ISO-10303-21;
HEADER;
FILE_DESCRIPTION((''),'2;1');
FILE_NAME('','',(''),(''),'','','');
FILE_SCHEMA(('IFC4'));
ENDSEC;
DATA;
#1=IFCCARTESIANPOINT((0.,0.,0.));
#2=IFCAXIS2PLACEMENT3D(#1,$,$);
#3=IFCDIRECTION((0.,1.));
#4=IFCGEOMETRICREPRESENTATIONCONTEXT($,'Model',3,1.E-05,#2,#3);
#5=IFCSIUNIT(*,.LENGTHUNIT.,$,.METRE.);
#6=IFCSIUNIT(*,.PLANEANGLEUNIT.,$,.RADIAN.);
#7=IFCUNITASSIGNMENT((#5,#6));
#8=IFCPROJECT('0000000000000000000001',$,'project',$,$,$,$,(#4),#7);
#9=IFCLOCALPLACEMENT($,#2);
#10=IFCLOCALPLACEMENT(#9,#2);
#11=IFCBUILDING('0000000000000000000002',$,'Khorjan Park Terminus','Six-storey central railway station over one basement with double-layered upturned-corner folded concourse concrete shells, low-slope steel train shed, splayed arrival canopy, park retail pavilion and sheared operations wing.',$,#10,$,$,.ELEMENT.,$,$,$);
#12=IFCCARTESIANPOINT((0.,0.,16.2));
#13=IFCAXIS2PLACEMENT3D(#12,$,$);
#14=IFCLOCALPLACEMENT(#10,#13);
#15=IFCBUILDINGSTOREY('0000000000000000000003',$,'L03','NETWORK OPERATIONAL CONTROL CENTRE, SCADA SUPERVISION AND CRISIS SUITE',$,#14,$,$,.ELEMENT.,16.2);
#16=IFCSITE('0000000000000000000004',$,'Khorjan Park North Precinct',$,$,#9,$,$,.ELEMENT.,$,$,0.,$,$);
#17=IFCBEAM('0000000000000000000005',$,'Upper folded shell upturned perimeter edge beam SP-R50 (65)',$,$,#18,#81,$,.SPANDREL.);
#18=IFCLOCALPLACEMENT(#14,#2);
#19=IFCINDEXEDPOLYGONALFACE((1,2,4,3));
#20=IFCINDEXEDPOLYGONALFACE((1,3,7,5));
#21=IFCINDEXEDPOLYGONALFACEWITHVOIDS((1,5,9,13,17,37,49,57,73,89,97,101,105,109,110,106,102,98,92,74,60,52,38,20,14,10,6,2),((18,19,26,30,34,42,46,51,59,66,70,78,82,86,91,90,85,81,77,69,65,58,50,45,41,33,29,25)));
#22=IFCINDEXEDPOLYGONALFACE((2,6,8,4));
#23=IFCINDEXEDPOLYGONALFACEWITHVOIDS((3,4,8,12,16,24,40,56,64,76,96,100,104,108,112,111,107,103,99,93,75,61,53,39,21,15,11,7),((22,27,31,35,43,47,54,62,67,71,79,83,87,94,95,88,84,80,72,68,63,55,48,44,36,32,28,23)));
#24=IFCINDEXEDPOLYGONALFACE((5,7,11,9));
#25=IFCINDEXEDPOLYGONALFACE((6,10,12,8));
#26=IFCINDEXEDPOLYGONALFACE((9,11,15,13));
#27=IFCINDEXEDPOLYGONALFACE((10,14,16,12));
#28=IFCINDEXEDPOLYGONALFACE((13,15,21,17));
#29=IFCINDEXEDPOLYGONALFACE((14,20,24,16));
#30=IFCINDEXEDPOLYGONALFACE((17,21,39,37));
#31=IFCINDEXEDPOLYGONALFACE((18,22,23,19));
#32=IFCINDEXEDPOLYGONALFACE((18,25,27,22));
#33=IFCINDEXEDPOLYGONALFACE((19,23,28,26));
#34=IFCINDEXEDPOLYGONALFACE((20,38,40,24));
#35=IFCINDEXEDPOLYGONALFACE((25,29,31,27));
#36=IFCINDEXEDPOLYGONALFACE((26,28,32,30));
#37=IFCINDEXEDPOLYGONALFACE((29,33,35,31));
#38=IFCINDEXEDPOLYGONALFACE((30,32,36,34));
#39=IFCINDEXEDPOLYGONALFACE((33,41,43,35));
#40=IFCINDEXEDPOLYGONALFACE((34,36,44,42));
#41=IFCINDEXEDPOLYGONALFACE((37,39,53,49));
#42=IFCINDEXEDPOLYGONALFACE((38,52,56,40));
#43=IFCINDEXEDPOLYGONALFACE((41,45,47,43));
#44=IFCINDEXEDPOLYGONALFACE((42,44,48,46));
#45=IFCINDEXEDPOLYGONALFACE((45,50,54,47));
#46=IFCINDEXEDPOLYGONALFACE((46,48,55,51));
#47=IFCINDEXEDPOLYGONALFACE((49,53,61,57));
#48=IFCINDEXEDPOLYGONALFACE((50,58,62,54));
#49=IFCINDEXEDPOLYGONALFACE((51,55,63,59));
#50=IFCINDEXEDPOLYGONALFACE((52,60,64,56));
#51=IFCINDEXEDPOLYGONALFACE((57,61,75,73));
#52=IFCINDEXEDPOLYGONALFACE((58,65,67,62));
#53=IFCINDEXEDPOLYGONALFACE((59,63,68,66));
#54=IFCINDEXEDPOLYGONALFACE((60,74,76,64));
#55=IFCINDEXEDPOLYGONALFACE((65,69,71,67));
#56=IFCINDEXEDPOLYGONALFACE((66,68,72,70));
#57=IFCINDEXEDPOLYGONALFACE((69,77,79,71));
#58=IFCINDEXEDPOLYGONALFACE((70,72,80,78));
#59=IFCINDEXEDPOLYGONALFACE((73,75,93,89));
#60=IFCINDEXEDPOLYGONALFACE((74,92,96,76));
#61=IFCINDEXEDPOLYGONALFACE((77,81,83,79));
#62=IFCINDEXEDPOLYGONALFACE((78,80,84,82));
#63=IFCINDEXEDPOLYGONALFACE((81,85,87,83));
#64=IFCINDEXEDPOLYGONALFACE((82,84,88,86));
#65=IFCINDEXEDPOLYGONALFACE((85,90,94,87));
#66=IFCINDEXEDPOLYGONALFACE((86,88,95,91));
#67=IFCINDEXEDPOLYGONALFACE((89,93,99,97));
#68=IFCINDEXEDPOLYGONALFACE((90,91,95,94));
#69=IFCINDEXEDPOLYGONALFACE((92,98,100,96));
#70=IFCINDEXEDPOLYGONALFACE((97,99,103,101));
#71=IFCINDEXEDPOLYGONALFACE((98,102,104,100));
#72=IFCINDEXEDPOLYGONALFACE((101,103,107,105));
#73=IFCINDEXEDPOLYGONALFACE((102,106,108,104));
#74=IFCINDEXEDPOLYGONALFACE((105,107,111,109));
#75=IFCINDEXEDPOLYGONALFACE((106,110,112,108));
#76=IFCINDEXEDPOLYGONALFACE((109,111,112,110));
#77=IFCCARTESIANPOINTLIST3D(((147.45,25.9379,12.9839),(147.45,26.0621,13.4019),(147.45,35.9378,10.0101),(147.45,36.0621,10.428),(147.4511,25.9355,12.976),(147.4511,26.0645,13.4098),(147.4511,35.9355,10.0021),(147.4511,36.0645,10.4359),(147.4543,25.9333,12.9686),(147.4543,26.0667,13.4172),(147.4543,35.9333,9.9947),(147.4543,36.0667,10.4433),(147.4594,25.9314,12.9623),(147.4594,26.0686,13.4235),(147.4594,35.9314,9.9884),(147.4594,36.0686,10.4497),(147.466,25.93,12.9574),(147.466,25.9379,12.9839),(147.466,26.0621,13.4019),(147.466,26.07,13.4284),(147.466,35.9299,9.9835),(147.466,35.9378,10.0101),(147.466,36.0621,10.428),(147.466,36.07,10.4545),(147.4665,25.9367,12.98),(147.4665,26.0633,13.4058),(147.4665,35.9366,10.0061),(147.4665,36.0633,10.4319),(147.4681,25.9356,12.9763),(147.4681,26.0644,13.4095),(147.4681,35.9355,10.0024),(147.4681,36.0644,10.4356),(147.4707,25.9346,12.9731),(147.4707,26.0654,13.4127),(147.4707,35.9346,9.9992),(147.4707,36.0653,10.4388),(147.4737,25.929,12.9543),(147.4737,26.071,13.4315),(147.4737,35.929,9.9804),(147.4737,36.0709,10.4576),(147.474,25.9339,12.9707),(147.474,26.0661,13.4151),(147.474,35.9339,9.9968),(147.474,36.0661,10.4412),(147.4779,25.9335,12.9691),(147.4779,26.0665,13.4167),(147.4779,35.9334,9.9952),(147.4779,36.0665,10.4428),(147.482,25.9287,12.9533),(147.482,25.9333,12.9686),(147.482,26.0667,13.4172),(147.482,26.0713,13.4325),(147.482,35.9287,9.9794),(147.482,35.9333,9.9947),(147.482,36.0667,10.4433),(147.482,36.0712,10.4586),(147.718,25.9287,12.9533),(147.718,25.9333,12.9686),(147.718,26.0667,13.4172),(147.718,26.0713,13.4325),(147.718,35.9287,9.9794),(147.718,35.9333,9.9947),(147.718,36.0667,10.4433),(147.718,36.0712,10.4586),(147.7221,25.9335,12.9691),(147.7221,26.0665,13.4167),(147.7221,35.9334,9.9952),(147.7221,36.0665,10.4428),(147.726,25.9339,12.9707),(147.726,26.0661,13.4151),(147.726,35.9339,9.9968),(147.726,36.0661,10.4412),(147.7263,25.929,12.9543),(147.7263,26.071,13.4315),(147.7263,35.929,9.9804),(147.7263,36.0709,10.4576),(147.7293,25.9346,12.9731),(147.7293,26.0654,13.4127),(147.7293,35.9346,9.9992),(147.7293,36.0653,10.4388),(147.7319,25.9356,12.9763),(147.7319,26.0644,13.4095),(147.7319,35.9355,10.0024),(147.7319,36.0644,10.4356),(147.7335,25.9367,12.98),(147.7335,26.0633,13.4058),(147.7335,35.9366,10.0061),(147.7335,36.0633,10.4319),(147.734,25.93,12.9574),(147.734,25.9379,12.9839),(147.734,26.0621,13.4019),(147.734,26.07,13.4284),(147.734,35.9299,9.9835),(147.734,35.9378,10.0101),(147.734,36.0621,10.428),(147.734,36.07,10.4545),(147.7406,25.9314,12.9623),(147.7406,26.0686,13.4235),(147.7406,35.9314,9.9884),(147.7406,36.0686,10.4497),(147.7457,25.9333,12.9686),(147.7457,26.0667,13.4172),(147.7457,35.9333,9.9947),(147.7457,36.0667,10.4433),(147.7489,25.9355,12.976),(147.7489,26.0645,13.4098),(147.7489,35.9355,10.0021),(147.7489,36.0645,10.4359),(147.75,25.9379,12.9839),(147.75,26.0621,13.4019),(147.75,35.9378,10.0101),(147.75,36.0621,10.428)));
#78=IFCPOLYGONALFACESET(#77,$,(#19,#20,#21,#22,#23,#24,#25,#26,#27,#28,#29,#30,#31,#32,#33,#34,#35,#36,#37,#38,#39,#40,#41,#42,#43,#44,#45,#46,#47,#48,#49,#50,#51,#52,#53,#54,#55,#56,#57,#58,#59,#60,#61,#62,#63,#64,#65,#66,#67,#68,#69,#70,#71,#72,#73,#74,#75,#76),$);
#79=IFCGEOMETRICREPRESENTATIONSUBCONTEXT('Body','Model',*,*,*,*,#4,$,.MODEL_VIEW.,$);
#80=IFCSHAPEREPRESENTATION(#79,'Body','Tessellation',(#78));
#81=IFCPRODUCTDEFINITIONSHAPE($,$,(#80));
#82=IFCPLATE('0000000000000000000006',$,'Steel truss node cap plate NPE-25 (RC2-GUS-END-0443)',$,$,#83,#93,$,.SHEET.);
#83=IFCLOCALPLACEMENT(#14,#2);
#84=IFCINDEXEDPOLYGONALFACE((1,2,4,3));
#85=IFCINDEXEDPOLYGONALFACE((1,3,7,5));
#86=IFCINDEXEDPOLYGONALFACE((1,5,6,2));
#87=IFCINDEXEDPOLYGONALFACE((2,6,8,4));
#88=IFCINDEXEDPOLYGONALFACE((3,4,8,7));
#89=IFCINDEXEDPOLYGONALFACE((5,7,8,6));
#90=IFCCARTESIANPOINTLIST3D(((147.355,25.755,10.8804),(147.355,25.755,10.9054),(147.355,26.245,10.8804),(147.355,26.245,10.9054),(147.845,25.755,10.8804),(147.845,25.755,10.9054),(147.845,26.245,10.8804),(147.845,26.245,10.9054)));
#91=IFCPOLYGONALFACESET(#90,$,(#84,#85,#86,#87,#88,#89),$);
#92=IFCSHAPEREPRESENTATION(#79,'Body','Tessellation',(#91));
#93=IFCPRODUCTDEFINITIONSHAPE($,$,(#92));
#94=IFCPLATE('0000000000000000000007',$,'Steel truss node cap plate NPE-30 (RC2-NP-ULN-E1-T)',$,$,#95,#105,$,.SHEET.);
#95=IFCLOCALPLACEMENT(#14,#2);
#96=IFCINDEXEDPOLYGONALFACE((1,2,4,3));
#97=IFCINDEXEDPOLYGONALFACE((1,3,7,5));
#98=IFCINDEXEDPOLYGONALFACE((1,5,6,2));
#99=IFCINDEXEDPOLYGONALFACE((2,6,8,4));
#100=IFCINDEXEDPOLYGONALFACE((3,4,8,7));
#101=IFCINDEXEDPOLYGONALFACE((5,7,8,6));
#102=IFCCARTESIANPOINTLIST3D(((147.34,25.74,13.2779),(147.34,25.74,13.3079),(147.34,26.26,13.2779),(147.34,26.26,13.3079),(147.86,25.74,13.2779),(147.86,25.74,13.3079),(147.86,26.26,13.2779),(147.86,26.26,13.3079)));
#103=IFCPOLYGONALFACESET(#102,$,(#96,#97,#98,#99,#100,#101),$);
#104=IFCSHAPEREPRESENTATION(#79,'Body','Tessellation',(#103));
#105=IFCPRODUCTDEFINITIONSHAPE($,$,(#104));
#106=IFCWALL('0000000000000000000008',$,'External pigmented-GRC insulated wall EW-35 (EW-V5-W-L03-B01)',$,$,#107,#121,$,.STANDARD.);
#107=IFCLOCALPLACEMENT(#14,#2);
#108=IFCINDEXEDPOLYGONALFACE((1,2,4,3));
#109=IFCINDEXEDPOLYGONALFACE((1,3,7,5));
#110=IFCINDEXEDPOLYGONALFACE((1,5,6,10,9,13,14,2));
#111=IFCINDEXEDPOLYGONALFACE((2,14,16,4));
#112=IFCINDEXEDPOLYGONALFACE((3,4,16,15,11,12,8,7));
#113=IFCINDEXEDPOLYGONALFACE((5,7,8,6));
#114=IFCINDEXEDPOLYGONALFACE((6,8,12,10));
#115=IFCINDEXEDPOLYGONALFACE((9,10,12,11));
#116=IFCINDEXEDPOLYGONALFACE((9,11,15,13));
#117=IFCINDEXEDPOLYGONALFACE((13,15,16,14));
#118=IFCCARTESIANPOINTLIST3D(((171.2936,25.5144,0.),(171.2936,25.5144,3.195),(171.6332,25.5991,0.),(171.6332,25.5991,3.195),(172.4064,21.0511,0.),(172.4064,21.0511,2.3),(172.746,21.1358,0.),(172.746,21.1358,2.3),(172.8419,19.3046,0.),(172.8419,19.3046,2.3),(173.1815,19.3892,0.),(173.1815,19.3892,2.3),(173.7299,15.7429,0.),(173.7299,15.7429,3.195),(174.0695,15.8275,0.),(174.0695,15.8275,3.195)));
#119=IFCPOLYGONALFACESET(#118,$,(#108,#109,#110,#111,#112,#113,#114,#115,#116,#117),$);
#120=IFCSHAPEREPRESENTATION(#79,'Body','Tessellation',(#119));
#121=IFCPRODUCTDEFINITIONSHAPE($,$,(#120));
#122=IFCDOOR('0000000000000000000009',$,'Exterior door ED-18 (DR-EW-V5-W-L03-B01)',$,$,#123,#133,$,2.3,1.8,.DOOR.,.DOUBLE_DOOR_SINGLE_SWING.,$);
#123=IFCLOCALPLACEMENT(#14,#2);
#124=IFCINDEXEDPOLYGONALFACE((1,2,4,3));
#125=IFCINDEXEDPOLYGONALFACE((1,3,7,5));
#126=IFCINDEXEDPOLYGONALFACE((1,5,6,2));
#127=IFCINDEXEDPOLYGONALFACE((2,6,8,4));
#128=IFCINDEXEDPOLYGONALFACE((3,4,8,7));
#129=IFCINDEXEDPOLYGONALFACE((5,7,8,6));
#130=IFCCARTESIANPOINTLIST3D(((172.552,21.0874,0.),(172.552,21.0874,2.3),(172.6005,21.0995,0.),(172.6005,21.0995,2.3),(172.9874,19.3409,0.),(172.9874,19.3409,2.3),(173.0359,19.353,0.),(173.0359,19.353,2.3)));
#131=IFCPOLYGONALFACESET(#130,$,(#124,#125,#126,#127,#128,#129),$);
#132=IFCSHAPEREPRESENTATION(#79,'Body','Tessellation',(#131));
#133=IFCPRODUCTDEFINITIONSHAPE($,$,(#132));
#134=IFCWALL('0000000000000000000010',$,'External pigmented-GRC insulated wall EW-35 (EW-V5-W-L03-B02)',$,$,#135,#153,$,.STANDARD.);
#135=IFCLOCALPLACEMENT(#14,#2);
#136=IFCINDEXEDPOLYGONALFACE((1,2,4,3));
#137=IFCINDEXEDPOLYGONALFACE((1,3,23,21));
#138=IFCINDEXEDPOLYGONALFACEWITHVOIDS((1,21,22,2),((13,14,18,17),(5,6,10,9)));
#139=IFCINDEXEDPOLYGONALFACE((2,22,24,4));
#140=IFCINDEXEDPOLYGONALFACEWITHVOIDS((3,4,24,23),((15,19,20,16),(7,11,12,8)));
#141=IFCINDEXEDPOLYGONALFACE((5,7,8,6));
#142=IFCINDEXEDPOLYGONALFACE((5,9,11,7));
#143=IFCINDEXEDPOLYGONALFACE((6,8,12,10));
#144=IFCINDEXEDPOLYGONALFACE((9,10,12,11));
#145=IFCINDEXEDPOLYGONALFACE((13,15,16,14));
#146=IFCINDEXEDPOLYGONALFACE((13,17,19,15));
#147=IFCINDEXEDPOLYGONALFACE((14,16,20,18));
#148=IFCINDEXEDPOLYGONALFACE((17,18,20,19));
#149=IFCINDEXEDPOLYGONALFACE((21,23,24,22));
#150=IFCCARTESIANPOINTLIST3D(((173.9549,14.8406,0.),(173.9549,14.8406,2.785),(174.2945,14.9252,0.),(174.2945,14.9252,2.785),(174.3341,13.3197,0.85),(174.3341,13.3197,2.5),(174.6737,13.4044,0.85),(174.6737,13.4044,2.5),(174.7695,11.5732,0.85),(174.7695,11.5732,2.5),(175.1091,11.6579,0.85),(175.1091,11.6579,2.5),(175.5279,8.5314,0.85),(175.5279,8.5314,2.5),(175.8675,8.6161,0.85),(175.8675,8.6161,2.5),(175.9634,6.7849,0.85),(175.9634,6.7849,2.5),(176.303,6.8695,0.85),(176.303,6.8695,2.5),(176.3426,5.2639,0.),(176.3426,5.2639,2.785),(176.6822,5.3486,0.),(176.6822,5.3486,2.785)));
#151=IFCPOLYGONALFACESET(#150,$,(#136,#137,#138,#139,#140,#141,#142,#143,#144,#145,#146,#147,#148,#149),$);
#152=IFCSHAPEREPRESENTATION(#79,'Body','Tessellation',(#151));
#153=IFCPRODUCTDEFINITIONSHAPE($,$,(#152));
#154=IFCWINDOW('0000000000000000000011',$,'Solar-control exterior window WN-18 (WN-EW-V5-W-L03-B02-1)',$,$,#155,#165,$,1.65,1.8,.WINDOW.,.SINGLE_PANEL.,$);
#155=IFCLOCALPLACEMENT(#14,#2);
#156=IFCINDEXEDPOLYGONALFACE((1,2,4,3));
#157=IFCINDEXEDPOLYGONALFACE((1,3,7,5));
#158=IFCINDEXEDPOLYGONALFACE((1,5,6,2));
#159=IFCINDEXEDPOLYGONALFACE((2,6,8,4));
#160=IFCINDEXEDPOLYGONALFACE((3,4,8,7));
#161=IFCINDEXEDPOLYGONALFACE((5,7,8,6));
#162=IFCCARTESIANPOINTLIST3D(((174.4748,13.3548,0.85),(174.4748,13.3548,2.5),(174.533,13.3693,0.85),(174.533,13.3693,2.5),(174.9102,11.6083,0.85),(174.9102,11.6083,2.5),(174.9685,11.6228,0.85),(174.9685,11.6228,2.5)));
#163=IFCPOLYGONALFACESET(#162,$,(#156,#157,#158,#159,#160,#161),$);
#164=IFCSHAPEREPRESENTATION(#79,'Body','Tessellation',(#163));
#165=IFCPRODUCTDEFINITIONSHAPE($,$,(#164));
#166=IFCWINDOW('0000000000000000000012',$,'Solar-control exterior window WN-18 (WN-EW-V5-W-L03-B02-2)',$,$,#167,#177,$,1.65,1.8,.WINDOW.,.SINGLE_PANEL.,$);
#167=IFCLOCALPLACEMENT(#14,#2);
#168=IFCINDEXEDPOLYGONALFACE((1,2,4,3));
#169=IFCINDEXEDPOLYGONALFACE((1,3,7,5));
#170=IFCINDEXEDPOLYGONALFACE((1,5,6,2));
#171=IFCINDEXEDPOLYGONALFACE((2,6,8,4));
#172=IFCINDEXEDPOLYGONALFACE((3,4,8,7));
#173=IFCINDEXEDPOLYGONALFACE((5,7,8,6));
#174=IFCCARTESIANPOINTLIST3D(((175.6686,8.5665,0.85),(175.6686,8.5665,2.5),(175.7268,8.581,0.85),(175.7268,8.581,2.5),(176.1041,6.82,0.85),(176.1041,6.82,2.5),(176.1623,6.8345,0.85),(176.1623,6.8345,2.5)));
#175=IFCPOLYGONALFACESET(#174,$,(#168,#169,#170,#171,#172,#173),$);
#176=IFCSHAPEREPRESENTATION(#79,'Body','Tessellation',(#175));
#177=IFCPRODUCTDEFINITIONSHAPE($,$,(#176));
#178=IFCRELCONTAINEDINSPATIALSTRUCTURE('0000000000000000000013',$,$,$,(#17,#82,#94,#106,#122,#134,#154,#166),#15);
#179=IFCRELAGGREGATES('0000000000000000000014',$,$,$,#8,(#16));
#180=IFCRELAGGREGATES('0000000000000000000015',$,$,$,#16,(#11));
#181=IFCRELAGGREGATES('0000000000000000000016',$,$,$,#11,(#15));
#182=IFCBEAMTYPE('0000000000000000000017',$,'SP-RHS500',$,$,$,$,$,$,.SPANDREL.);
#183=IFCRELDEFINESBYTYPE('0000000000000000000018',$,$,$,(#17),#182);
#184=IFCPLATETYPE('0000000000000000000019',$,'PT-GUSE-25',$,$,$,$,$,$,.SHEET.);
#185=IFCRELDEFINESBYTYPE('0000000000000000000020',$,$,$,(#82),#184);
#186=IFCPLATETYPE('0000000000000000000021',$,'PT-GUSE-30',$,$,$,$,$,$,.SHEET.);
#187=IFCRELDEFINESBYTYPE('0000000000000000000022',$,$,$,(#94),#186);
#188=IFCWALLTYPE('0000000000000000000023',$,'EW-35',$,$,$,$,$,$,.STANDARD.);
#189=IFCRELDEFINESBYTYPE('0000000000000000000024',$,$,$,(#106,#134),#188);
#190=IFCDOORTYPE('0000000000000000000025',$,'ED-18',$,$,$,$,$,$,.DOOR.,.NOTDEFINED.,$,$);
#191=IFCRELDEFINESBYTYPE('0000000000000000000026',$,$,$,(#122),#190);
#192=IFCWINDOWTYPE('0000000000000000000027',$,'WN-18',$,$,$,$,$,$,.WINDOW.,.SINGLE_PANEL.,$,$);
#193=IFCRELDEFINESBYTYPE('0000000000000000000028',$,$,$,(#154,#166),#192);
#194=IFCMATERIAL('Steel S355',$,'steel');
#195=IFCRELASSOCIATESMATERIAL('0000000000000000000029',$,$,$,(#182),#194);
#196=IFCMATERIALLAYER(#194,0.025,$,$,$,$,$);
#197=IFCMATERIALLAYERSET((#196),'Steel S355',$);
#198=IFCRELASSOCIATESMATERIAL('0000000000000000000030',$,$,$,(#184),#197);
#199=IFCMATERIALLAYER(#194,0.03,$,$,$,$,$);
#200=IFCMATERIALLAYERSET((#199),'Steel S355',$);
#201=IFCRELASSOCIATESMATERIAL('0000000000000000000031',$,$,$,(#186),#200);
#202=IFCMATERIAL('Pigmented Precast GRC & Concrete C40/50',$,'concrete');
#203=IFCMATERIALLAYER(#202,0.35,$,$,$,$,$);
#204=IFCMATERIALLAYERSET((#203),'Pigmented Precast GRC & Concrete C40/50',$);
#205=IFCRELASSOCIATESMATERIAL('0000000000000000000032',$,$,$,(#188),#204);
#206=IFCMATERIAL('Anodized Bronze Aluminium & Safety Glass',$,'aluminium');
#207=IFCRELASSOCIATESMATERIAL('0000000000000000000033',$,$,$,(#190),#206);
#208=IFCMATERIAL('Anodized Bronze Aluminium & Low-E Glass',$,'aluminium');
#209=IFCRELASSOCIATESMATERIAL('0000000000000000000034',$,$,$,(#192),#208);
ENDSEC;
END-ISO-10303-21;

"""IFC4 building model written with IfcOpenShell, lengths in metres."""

from ifc_helpers import new_model, si_unit, direction, frame, frame_2d, origin, origin_2d, place, context, subcontext, project, spatial, rectangle, hollow_rectangle, extrude, material, layer, layer_set, material_profile, profile_set, type_object, element, fill, save


model = new_model("IFC4")

# Units and contexts
model_context = context("Model", 3, precision=1e-05, world=origin(), true_north=direction((0.0, 1.0)))
body_context = subcontext(model_context, "Body", "Model", "MODEL_VIEW")
ifc_project = project(units=[si_unit("LENGTHUNIT", "METRE"), si_unit("PLANEANGLEUNIT", "RADIAN")], contexts=[model_context])

# Site, building, storey
site_placement = place(None, origin())
site = spatial("IfcSite", under=ifc_project, at=site_placement, Name="Khorjan Park North Precinct", CompositionType="ELEMENT", RefElevation=0.0)
building_placement = place(site_placement, origin())
building = spatial("IfcBuilding", under=site, at=building_placement, Name="Khorjan Park Terminus", Description="Six-storey central railway station over one basement with double-layered upturned-corner folded concourse concrete shells, low-slope steel train shed, splayed arrival canopy, park retail pavilion and sheared operations wing.", CompositionType="ELEMENT")
storey_placement = place(building_placement, frame((0.0, 0.0, 16.2)))
storey = spatial("IfcBuildingStorey", under=building, at=storey_placement, Name="L03", Description="NETWORK OPERATIONAL CONTROL CENTRE, SCADA SUPERVISION AND CRISIS SUITE", CompositionType="ELEMENT", Elevation=16.2)

# Shared definitions
ifc_material_1 = material(Name="Steel S355", Category="steel")

# Beam
ifc_material_profile_1 = material_profile(ifc_material_1, hollow_rectangle(XDim=0.3, YDim=0.5, WallThickness=0.016, InnerFilletRadius=0.016, OuterFilletRadius=0.032, at=origin_2d()), Name="RHS 500x300x16")
ifc_profile_set_1 = profile_set([ifc_material_profile_1], Name="Steel S355")
beam_type_1 = type_object("IfcBeamType", Name="SP-RHS500", PredefinedType="SPANDREL", material=ifc_profile_set_1)
beam_1_placement = place(storey_placement, frame((147.6, 26.0, 13.1929), z_axis=(0.0, 0.958512, -0.285052), x_axis=(-1.0, 0.0, 0.0)))
element("IfcBeam", 1, at=beam_1_placement, inside=storey, type_object=beam_type_1, Name="Upper folded shell upturned perimeter edge beam SP-R50 (65)", PredefinedType="SPANDREL", context=body_context, shape_type="SweptSolid", body=[
    extrude(hollow_rectangle(XDim=0.3, YDim=0.5, WallThickness=0.016, InnerFilletRadius=0.016, OuterFilletRadius=0.032, at=origin_2d()), origin(), (0.0, 0.0, 1.0), 10.4328),
])

# Plates
ifc_layer_1 = layer(ifc_material_1, 0.025)
ifc_layer_set_1 = layer_set([ifc_layer_1], Name="Steel S355")
plate_type_1 = type_object("IfcPlateType", Name="PT-GUSE-25", PredefinedType="SHEET", material=ifc_layer_set_1)
plate_1_placement = place(storey_placement, frame((147.6, 26.0, 10.8804), z_axis=(0.0, 0.0, 1.0), x_axis=(1.0, 0.0, 0.0)))
element("IfcPlate", 2, at=plate_1_placement, inside=storey, type_object=plate_type_1, Name="Steel truss node cap plate NPE-25 (RC2-GUS-END-0443)", PredefinedType="SHEET", context=body_context, shape_type="SweptSolid", body=[
    extrude(rectangle(XDim=0.49, YDim=0.49, at=origin_2d()), origin(), (0.0, 0.0, 1.0), 0.025),
])
ifc_layer_2 = layer(ifc_material_1, 0.03)
ifc_layer_set_2 = layer_set([ifc_layer_2], Name="Steel S355")
plate_type_2 = type_object("IfcPlateType", Name="PT-GUSE-30", PredefinedType="SHEET", material=ifc_layer_set_2)
plate_2_placement = place(storey_placement, frame((147.6, 26.0, 13.2779), z_axis=(0.0, 0.0, 1.0), x_axis=(1.0, 0.0, 0.0)))
element("IfcPlate", 3, at=plate_2_placement, inside=storey, type_object=plate_type_2, Name="Steel truss node cap plate NPE-30 (RC2-NP-ULN-E1-T)", PredefinedType="SHEET", context=body_context, shape_type="SweptSolid", body=[
    extrude(rectangle(XDim=0.52, YDim=0.52, at=origin_2d()), origin(), (0.0, 0.0, 1.0), 0.03),
])

# Wall, opening, door
ifc_material_2 = material(Name="Pigmented Precast GRC & Concrete C40/50", Category="concrete")
ifc_layer_3 = layer(ifc_material_2, 0.35)
ifc_layer_set_3 = layer_set([ifc_layer_3], Name="Pigmented Precast GRC & Concrete C40/50")
wall_type = type_object("IfcWallType", Name="EW-35", PredefinedType="STANDARD", material=ifc_layer_set_3)
wall_1_placement = place(storey_placement, frame((171.4634, 25.5568, 0.0), z_axis=(0.0, 0.0, 1.0), x_axis=(0.241919, -0.970297, 0.0)))
wall_1 = element("IfcWall", 4, at=wall_1_placement, inside=storey, type_object=wall_type, Name="External pigmented-GRC insulated wall EW-35 (EW-V5-W-L03-B01)", PredefinedType="STANDARD", context=body_context, shape_type="SweptSolid", body=[
    extrude(rectangle(XDim=10.0707, YDim=0.35, at=frame_2d((5.0354, 0.0))), origin(), (0.0, 0.0, 1.0), 3.195),
])
opening_1_placement = place(wall_1_placement, frame((4.6, 0.0, 0.0)))
opening_1 = element("IfcOpeningElement", 5, at=opening_1_placement, cuts=wall_1, PredefinedType="OPENING", context=body_context, shape_type="SweptSolid", body=[
    extrude(rectangle(XDim=1.8, YDim=2.3, at=frame_2d((0.9, 1.15))), frame((0.0, 0.185, 0.0), z_axis=(0.0, -1.0, 0.0), x_axis=(1.0, 0.0, 0.0)), (0.0, 0.0, 1.0), 0.37),
])
ifc_material_3 = material(Name="Anodized Bronze Aluminium & Safety Glass", Category="aluminium")
door_type = type_object("IfcDoorType", Name="ED-18", OperationType="NOTDEFINED", PredefinedType="DOOR", material=ifc_material_3)
door_placement = place(opening_1_placement, origin())
door = element("IfcDoor", 6, at=door_placement, inside=storey, type_object=door_type, Name="Exterior door ED-18 (DR-EW-V5-W-L03-B01)", OperationType="DOUBLE_DOOR_SINGLE_SWING", OverallHeight=2.3, OverallWidth=1.8, PredefinedType="DOOR", context=body_context, shape_type="SweptSolid", body=[
    extrude(rectangle(XDim=1.8, YDim=2.3, at=frame_2d((0.9, 1.15))), frame((0.0, 0.025, 0.0), z_axis=(0.0, -1.0, 0.0), x_axis=(1.0, 0.0, 0.0)), (0.0, 0.0, 1.0), 0.05),
])
fill(opening_1, door)

# Wall, openings, windows
wall_2_placement = place(storey_placement, frame((174.1247, 14.8829, 0.0), z_axis=(0.0, 0.0, 1.0), x_axis=(0.241921, -0.970296, 0.0)))
wall_2 = element("IfcWall", 7, at=wall_2_placement, inside=storey, type_object=wall_type, Name="External pigmented-GRC insulated wall EW-35 (EW-V5-W-L03-B02)", PredefinedType="STANDARD", context=body_context, shape_type="SweptSolid", body=[
    extrude(rectangle(XDim=9.8698, YDim=0.35, at=frame_2d((4.9349, 0.0))), origin(), (0.0, 0.0, 1.0), 2.785),
])
opening_2_placement = place(wall_2_placement, frame((1.5674, 0.0, 0.85)))
opening_2 = element("IfcOpeningElement", 8, at=opening_2_placement, cuts=wall_2, PredefinedType="OPENING", context=body_context, shape_type="SweptSolid", body=[
    extrude(rectangle(XDim=1.8, YDim=1.65, at=frame_2d((0.9, 0.825))), frame((0.0, 0.185, 0.0), z_axis=(0.0, -1.0, 0.0), x_axis=(1.0, 0.0, 0.0)), (0.0, 0.0, 1.0), 0.37),
])
opening_3_placement = place(wall_2_placement, frame((6.5023, 0.0, 0.85)))
opening_3 = element("IfcOpeningElement", 9, at=opening_3_placement, cuts=wall_2, PredefinedType="OPENING", context=body_context, shape_type="SweptSolid", body=[
    extrude(rectangle(XDim=1.8, YDim=1.65, at=frame_2d((0.9, 0.825))), frame((0.0, 0.185, 0.0), z_axis=(0.0, -1.0, 0.0), x_axis=(1.0, 0.0, 0.0)), (0.0, 0.0, 1.0), 0.37),
])
ifc_material_4 = material(Name="Anodized Bronze Aluminium & Low-E Glass", Category="aluminium")
window_type = type_object("IfcWindowType", Name="WN-18", PartitioningType="SINGLE_PANEL", PredefinedType="WINDOW", material=ifc_material_4)
window_1_placement = place(opening_2_placement, origin())
window_1 = element("IfcWindow", 10, at=window_1_placement, inside=storey, type_object=window_type, Name="Solar-control exterior window WN-18 (WN-EW-V5-W-L03-B02-1)", OverallHeight=1.65, OverallWidth=1.8, PartitioningType="SINGLE_PANEL", PredefinedType="WINDOW", context=body_context, shape_type="SweptSolid", body=[
    extrude(rectangle(XDim=1.8, YDim=1.65, at=frame_2d((0.9, 0.825))), frame((0.0, 0.03, 0.0), z_axis=(0.0, -1.0, 0.0), x_axis=(1.0, 0.0, 0.0)), (0.0, 0.0, 1.0), 0.06),
])
fill(opening_2, window_1)
window_2_placement = place(opening_3_placement, origin())
window_2 = element("IfcWindow", 11, at=window_2_placement, inside=storey, type_object=window_type, Name="Solar-control exterior window WN-18 (WN-EW-V5-W-L03-B02-2)", OverallHeight=1.65, OverallWidth=1.8, PartitioningType="SINGLE_PANEL", PredefinedType="WINDOW", context=body_context, shape_type="SweptSolid", body=[
    extrude(rectangle(XDim=1.8, YDim=1.65, at=frame_2d((0.9, 0.825))), frame((0.0, 0.03, 0.0), z_axis=(0.0, -1.0, 0.0), x_axis=(1.0, 0.0, 0.0)), (0.0, 0.0, 1.0), 0.06),
])
fill(opening_3, window_2)

save(model, "model.ifc")
